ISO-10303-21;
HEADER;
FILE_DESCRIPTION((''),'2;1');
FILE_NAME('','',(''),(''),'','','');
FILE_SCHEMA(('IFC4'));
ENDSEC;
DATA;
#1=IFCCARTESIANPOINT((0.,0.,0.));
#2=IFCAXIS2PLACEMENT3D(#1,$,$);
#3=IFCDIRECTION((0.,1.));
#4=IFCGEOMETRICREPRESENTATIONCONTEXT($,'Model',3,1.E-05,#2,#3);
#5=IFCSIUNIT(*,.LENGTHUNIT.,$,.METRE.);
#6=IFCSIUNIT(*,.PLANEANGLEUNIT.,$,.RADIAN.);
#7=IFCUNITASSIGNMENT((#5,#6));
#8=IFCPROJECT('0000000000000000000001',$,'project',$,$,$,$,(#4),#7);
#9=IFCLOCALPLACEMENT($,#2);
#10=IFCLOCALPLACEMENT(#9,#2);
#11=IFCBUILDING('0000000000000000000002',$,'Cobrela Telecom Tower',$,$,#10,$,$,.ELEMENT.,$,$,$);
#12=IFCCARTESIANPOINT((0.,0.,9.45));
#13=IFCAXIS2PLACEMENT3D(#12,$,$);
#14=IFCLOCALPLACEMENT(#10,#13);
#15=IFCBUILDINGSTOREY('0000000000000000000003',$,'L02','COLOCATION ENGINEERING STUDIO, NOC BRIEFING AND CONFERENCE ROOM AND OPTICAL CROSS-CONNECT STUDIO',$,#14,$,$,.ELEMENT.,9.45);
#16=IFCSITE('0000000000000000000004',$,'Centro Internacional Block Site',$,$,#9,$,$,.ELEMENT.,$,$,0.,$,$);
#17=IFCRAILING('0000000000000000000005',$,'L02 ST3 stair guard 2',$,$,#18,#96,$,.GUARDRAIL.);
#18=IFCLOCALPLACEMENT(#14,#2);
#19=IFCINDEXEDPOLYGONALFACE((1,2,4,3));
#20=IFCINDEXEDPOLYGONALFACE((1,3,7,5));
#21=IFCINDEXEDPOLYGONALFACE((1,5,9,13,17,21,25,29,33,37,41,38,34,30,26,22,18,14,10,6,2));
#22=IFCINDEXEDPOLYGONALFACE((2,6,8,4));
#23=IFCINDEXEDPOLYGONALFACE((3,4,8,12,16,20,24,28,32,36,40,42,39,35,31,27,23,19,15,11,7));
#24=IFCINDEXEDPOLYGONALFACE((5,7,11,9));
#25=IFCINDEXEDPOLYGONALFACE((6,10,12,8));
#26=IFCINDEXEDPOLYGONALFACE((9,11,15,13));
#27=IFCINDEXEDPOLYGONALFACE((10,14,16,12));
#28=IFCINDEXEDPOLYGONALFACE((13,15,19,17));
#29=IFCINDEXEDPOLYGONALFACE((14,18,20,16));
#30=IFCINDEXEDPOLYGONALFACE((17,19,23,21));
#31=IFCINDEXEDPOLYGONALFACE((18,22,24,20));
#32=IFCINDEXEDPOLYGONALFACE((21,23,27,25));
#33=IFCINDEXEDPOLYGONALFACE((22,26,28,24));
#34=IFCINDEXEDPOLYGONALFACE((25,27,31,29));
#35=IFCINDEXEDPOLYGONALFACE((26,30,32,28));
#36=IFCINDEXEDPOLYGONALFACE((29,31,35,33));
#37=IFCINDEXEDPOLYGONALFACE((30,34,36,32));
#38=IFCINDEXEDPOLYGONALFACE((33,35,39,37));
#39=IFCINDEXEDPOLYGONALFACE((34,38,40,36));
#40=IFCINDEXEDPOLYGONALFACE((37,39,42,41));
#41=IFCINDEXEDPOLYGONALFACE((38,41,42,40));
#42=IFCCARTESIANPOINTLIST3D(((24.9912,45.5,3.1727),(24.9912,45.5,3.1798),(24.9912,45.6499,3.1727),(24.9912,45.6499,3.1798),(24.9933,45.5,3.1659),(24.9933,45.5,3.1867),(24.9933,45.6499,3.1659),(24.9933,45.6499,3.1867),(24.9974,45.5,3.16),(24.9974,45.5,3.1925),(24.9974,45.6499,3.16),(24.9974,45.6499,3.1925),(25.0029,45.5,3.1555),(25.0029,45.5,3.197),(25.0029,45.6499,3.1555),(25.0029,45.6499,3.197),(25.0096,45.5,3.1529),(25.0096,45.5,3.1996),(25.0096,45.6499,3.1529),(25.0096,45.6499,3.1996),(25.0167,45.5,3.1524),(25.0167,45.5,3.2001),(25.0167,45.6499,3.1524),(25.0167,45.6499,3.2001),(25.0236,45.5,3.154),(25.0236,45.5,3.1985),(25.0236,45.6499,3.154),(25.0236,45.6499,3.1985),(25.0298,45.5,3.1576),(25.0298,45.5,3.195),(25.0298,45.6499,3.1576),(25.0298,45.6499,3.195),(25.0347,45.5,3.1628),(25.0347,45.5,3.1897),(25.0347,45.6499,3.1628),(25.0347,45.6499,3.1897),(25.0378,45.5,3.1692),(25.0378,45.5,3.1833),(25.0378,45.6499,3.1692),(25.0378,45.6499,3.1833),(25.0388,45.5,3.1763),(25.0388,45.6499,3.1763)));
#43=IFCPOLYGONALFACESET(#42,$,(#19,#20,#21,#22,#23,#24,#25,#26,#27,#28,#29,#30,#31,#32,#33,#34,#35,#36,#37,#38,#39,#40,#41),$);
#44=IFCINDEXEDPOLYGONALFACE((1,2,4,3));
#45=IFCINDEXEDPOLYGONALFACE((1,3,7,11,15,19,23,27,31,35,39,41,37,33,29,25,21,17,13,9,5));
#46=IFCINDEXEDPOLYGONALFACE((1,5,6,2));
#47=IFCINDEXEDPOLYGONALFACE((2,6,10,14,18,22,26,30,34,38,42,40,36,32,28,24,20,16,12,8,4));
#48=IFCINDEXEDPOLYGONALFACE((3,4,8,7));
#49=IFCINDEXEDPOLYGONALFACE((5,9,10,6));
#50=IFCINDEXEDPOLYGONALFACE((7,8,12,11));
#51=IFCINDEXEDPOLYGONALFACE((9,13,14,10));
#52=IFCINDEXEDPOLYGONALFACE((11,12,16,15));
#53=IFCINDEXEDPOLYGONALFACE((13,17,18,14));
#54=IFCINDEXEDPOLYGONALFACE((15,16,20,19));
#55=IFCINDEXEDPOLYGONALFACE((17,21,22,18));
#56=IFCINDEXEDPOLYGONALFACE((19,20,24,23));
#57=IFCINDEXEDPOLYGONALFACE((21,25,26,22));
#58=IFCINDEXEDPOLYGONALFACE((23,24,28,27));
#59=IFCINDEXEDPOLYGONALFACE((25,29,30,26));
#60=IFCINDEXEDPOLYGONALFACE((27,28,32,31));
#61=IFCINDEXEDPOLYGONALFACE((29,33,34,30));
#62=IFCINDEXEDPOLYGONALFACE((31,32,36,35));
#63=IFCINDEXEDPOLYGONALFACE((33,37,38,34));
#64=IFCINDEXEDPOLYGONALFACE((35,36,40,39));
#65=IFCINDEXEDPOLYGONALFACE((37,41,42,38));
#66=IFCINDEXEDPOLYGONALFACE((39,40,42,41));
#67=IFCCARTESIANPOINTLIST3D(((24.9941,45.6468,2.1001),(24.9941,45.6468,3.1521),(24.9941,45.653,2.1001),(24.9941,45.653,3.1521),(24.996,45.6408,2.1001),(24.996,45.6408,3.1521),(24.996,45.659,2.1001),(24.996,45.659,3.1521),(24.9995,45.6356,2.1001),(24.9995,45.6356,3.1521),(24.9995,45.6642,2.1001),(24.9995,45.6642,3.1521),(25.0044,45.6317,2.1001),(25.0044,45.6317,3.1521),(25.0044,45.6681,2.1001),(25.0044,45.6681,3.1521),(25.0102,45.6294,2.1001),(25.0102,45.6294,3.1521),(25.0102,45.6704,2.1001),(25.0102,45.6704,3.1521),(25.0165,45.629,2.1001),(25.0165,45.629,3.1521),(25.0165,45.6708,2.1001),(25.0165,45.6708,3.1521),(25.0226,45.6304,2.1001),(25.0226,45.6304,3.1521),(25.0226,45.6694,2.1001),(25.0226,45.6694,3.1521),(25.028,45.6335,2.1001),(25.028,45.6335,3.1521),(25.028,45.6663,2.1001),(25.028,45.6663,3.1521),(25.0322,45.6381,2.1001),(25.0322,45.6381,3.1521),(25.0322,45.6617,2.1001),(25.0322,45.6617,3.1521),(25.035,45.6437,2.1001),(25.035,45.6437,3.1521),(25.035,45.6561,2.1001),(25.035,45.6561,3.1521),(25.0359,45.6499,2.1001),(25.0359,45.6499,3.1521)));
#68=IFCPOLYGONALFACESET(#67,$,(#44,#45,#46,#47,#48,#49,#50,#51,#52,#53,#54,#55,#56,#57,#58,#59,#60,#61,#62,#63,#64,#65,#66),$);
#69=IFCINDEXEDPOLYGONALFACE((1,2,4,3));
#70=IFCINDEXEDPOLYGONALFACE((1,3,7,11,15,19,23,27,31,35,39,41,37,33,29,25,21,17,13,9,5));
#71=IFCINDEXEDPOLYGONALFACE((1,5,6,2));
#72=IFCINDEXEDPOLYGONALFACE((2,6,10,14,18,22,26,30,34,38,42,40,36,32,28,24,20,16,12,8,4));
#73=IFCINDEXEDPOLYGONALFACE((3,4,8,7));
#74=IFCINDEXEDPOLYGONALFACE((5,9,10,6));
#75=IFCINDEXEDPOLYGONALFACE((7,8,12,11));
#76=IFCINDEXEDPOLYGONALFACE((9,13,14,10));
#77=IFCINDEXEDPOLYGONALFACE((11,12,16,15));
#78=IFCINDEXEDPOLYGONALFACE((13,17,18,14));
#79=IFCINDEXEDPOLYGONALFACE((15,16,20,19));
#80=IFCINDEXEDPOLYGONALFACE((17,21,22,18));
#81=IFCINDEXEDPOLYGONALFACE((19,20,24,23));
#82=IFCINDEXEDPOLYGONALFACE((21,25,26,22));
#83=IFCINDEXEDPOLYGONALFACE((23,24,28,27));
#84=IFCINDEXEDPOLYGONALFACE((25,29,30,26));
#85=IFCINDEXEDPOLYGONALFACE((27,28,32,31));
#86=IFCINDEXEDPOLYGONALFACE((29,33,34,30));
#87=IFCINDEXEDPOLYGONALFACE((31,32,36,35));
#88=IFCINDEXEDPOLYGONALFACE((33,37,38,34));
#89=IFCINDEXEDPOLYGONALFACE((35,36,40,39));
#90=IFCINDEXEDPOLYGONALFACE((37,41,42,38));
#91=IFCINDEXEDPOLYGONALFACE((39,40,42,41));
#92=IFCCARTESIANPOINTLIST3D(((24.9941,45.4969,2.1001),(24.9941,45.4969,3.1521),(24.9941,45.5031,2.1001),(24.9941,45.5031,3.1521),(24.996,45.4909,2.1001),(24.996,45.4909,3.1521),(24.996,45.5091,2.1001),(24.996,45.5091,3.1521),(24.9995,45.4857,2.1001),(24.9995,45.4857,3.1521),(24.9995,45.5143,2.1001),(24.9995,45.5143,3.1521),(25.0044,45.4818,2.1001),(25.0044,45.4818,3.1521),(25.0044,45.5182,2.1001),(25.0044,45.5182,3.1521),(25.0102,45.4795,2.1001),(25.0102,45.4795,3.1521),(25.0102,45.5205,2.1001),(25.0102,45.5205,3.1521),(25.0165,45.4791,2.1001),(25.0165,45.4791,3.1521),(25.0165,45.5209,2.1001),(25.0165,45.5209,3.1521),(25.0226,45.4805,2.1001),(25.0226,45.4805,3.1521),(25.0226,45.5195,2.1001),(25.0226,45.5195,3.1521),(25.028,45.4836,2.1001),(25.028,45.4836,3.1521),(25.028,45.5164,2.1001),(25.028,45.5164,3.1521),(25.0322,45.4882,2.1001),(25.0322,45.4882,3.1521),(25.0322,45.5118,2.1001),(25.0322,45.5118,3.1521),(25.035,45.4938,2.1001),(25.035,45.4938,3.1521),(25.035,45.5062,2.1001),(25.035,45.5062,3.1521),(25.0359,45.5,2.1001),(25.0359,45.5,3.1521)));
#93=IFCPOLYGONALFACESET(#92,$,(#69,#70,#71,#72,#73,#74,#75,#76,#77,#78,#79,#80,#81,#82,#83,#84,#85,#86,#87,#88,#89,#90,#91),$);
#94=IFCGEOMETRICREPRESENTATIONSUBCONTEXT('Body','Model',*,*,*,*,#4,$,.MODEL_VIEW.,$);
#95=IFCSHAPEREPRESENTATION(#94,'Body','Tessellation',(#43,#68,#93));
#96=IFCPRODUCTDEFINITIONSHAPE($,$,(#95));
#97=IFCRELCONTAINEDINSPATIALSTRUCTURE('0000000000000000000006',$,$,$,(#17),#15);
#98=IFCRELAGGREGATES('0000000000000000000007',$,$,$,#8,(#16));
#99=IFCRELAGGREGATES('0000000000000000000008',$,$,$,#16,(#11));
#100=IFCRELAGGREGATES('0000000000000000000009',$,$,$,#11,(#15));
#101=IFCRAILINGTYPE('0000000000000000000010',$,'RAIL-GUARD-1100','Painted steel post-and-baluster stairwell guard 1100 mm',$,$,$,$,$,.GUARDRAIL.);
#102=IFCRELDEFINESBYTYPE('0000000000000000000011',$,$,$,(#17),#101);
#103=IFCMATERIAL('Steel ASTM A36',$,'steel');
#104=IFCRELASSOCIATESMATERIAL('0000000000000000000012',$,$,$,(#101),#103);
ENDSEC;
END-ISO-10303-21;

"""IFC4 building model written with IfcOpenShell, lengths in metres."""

from ifc_helpers import new_model, si_unit, direction, frame, origin, origin_2d, place, context, subcontext, project, spatial, circle, extrude, material, type_object, element, save


model = new_model("IFC4")

# Units and contexts
model_context = context("Model", 3, precision=1e-05, world=origin(), true_north=direction((0.0, 1.0)))
body_context = subcontext(model_context, "Body", "Model", "MODEL_VIEW")
ifc_project = project(units=[si_unit("LENGTHUNIT", "METRE"), si_unit("PLANEANGLEUNIT", "RADIAN")], contexts=[model_context])

# Site, building, storey
site_placement = place(None, origin())
site = spatial("IfcSite", under=ifc_project, at=site_placement, Name="Centro Internacional Block Site", CompositionType="ELEMENT", RefElevation=0.0)
building_placement = place(site_placement, origin())
building = spatial("IfcBuilding", under=site, at=building_placement, Name="Cobrela Telecom Tower", CompositionType="ELEMENT")
storey_placement = place(building_placement, frame((0.0, 0.0, 9.45)))
storey = spatial("IfcBuildingStorey", under=building, at=storey_placement, Name="L02", Description="COLOCATION ENGINEERING STUDIO, NOC BRIEFING AND CONFERENCE ROOM AND OPTICAL CROSS-CONNECT STUDIO", CompositionType="ELEMENT", Elevation=9.45)

# Shared definitions
ifc_material_1 = material(Name="Steel ASTM A36", Category="steel")

# Railing
railing_type_1 = type_object("IfcRailingType", Name="RAIL-GUARD-1100", Description="Painted steel post-and-baluster stairwell guard 1100 mm", PredefinedType="GUARDRAIL", material=ifc_material_1)
railing_1_placement = place(storey_placement, frame((25.0149, 45.6499, 2.1001)))
element("IfcRailing", 1, at=railing_1_placement, inside=storey, type_object=railing_type_1, Name="L02 ST3 stair guard 2", PredefinedType="GUARDRAIL", context=body_context, shape_type="SweptSolid", body=[
    extrude(circle(Radius=0.0239, at=origin_2d()), frame((0.0, 0.0, 1.0762), z_axis=(0.0, -1.0, 0.0), x_axis=(1.0, 0.0, 0.0)), (0.0, 0.0, 1.0), 0.1499),
    extrude(circle(Radius=0.021, at=origin_2d()), origin(), (0.0, 0.0, 1.0), 1.052),
    extrude(circle(Radius=0.021, at=origin_2d()), frame((0.0, -0.1499, 0.0)), (0.0, 0.0, 1.0), 1.052),
])

save(model, "model.ifc")
